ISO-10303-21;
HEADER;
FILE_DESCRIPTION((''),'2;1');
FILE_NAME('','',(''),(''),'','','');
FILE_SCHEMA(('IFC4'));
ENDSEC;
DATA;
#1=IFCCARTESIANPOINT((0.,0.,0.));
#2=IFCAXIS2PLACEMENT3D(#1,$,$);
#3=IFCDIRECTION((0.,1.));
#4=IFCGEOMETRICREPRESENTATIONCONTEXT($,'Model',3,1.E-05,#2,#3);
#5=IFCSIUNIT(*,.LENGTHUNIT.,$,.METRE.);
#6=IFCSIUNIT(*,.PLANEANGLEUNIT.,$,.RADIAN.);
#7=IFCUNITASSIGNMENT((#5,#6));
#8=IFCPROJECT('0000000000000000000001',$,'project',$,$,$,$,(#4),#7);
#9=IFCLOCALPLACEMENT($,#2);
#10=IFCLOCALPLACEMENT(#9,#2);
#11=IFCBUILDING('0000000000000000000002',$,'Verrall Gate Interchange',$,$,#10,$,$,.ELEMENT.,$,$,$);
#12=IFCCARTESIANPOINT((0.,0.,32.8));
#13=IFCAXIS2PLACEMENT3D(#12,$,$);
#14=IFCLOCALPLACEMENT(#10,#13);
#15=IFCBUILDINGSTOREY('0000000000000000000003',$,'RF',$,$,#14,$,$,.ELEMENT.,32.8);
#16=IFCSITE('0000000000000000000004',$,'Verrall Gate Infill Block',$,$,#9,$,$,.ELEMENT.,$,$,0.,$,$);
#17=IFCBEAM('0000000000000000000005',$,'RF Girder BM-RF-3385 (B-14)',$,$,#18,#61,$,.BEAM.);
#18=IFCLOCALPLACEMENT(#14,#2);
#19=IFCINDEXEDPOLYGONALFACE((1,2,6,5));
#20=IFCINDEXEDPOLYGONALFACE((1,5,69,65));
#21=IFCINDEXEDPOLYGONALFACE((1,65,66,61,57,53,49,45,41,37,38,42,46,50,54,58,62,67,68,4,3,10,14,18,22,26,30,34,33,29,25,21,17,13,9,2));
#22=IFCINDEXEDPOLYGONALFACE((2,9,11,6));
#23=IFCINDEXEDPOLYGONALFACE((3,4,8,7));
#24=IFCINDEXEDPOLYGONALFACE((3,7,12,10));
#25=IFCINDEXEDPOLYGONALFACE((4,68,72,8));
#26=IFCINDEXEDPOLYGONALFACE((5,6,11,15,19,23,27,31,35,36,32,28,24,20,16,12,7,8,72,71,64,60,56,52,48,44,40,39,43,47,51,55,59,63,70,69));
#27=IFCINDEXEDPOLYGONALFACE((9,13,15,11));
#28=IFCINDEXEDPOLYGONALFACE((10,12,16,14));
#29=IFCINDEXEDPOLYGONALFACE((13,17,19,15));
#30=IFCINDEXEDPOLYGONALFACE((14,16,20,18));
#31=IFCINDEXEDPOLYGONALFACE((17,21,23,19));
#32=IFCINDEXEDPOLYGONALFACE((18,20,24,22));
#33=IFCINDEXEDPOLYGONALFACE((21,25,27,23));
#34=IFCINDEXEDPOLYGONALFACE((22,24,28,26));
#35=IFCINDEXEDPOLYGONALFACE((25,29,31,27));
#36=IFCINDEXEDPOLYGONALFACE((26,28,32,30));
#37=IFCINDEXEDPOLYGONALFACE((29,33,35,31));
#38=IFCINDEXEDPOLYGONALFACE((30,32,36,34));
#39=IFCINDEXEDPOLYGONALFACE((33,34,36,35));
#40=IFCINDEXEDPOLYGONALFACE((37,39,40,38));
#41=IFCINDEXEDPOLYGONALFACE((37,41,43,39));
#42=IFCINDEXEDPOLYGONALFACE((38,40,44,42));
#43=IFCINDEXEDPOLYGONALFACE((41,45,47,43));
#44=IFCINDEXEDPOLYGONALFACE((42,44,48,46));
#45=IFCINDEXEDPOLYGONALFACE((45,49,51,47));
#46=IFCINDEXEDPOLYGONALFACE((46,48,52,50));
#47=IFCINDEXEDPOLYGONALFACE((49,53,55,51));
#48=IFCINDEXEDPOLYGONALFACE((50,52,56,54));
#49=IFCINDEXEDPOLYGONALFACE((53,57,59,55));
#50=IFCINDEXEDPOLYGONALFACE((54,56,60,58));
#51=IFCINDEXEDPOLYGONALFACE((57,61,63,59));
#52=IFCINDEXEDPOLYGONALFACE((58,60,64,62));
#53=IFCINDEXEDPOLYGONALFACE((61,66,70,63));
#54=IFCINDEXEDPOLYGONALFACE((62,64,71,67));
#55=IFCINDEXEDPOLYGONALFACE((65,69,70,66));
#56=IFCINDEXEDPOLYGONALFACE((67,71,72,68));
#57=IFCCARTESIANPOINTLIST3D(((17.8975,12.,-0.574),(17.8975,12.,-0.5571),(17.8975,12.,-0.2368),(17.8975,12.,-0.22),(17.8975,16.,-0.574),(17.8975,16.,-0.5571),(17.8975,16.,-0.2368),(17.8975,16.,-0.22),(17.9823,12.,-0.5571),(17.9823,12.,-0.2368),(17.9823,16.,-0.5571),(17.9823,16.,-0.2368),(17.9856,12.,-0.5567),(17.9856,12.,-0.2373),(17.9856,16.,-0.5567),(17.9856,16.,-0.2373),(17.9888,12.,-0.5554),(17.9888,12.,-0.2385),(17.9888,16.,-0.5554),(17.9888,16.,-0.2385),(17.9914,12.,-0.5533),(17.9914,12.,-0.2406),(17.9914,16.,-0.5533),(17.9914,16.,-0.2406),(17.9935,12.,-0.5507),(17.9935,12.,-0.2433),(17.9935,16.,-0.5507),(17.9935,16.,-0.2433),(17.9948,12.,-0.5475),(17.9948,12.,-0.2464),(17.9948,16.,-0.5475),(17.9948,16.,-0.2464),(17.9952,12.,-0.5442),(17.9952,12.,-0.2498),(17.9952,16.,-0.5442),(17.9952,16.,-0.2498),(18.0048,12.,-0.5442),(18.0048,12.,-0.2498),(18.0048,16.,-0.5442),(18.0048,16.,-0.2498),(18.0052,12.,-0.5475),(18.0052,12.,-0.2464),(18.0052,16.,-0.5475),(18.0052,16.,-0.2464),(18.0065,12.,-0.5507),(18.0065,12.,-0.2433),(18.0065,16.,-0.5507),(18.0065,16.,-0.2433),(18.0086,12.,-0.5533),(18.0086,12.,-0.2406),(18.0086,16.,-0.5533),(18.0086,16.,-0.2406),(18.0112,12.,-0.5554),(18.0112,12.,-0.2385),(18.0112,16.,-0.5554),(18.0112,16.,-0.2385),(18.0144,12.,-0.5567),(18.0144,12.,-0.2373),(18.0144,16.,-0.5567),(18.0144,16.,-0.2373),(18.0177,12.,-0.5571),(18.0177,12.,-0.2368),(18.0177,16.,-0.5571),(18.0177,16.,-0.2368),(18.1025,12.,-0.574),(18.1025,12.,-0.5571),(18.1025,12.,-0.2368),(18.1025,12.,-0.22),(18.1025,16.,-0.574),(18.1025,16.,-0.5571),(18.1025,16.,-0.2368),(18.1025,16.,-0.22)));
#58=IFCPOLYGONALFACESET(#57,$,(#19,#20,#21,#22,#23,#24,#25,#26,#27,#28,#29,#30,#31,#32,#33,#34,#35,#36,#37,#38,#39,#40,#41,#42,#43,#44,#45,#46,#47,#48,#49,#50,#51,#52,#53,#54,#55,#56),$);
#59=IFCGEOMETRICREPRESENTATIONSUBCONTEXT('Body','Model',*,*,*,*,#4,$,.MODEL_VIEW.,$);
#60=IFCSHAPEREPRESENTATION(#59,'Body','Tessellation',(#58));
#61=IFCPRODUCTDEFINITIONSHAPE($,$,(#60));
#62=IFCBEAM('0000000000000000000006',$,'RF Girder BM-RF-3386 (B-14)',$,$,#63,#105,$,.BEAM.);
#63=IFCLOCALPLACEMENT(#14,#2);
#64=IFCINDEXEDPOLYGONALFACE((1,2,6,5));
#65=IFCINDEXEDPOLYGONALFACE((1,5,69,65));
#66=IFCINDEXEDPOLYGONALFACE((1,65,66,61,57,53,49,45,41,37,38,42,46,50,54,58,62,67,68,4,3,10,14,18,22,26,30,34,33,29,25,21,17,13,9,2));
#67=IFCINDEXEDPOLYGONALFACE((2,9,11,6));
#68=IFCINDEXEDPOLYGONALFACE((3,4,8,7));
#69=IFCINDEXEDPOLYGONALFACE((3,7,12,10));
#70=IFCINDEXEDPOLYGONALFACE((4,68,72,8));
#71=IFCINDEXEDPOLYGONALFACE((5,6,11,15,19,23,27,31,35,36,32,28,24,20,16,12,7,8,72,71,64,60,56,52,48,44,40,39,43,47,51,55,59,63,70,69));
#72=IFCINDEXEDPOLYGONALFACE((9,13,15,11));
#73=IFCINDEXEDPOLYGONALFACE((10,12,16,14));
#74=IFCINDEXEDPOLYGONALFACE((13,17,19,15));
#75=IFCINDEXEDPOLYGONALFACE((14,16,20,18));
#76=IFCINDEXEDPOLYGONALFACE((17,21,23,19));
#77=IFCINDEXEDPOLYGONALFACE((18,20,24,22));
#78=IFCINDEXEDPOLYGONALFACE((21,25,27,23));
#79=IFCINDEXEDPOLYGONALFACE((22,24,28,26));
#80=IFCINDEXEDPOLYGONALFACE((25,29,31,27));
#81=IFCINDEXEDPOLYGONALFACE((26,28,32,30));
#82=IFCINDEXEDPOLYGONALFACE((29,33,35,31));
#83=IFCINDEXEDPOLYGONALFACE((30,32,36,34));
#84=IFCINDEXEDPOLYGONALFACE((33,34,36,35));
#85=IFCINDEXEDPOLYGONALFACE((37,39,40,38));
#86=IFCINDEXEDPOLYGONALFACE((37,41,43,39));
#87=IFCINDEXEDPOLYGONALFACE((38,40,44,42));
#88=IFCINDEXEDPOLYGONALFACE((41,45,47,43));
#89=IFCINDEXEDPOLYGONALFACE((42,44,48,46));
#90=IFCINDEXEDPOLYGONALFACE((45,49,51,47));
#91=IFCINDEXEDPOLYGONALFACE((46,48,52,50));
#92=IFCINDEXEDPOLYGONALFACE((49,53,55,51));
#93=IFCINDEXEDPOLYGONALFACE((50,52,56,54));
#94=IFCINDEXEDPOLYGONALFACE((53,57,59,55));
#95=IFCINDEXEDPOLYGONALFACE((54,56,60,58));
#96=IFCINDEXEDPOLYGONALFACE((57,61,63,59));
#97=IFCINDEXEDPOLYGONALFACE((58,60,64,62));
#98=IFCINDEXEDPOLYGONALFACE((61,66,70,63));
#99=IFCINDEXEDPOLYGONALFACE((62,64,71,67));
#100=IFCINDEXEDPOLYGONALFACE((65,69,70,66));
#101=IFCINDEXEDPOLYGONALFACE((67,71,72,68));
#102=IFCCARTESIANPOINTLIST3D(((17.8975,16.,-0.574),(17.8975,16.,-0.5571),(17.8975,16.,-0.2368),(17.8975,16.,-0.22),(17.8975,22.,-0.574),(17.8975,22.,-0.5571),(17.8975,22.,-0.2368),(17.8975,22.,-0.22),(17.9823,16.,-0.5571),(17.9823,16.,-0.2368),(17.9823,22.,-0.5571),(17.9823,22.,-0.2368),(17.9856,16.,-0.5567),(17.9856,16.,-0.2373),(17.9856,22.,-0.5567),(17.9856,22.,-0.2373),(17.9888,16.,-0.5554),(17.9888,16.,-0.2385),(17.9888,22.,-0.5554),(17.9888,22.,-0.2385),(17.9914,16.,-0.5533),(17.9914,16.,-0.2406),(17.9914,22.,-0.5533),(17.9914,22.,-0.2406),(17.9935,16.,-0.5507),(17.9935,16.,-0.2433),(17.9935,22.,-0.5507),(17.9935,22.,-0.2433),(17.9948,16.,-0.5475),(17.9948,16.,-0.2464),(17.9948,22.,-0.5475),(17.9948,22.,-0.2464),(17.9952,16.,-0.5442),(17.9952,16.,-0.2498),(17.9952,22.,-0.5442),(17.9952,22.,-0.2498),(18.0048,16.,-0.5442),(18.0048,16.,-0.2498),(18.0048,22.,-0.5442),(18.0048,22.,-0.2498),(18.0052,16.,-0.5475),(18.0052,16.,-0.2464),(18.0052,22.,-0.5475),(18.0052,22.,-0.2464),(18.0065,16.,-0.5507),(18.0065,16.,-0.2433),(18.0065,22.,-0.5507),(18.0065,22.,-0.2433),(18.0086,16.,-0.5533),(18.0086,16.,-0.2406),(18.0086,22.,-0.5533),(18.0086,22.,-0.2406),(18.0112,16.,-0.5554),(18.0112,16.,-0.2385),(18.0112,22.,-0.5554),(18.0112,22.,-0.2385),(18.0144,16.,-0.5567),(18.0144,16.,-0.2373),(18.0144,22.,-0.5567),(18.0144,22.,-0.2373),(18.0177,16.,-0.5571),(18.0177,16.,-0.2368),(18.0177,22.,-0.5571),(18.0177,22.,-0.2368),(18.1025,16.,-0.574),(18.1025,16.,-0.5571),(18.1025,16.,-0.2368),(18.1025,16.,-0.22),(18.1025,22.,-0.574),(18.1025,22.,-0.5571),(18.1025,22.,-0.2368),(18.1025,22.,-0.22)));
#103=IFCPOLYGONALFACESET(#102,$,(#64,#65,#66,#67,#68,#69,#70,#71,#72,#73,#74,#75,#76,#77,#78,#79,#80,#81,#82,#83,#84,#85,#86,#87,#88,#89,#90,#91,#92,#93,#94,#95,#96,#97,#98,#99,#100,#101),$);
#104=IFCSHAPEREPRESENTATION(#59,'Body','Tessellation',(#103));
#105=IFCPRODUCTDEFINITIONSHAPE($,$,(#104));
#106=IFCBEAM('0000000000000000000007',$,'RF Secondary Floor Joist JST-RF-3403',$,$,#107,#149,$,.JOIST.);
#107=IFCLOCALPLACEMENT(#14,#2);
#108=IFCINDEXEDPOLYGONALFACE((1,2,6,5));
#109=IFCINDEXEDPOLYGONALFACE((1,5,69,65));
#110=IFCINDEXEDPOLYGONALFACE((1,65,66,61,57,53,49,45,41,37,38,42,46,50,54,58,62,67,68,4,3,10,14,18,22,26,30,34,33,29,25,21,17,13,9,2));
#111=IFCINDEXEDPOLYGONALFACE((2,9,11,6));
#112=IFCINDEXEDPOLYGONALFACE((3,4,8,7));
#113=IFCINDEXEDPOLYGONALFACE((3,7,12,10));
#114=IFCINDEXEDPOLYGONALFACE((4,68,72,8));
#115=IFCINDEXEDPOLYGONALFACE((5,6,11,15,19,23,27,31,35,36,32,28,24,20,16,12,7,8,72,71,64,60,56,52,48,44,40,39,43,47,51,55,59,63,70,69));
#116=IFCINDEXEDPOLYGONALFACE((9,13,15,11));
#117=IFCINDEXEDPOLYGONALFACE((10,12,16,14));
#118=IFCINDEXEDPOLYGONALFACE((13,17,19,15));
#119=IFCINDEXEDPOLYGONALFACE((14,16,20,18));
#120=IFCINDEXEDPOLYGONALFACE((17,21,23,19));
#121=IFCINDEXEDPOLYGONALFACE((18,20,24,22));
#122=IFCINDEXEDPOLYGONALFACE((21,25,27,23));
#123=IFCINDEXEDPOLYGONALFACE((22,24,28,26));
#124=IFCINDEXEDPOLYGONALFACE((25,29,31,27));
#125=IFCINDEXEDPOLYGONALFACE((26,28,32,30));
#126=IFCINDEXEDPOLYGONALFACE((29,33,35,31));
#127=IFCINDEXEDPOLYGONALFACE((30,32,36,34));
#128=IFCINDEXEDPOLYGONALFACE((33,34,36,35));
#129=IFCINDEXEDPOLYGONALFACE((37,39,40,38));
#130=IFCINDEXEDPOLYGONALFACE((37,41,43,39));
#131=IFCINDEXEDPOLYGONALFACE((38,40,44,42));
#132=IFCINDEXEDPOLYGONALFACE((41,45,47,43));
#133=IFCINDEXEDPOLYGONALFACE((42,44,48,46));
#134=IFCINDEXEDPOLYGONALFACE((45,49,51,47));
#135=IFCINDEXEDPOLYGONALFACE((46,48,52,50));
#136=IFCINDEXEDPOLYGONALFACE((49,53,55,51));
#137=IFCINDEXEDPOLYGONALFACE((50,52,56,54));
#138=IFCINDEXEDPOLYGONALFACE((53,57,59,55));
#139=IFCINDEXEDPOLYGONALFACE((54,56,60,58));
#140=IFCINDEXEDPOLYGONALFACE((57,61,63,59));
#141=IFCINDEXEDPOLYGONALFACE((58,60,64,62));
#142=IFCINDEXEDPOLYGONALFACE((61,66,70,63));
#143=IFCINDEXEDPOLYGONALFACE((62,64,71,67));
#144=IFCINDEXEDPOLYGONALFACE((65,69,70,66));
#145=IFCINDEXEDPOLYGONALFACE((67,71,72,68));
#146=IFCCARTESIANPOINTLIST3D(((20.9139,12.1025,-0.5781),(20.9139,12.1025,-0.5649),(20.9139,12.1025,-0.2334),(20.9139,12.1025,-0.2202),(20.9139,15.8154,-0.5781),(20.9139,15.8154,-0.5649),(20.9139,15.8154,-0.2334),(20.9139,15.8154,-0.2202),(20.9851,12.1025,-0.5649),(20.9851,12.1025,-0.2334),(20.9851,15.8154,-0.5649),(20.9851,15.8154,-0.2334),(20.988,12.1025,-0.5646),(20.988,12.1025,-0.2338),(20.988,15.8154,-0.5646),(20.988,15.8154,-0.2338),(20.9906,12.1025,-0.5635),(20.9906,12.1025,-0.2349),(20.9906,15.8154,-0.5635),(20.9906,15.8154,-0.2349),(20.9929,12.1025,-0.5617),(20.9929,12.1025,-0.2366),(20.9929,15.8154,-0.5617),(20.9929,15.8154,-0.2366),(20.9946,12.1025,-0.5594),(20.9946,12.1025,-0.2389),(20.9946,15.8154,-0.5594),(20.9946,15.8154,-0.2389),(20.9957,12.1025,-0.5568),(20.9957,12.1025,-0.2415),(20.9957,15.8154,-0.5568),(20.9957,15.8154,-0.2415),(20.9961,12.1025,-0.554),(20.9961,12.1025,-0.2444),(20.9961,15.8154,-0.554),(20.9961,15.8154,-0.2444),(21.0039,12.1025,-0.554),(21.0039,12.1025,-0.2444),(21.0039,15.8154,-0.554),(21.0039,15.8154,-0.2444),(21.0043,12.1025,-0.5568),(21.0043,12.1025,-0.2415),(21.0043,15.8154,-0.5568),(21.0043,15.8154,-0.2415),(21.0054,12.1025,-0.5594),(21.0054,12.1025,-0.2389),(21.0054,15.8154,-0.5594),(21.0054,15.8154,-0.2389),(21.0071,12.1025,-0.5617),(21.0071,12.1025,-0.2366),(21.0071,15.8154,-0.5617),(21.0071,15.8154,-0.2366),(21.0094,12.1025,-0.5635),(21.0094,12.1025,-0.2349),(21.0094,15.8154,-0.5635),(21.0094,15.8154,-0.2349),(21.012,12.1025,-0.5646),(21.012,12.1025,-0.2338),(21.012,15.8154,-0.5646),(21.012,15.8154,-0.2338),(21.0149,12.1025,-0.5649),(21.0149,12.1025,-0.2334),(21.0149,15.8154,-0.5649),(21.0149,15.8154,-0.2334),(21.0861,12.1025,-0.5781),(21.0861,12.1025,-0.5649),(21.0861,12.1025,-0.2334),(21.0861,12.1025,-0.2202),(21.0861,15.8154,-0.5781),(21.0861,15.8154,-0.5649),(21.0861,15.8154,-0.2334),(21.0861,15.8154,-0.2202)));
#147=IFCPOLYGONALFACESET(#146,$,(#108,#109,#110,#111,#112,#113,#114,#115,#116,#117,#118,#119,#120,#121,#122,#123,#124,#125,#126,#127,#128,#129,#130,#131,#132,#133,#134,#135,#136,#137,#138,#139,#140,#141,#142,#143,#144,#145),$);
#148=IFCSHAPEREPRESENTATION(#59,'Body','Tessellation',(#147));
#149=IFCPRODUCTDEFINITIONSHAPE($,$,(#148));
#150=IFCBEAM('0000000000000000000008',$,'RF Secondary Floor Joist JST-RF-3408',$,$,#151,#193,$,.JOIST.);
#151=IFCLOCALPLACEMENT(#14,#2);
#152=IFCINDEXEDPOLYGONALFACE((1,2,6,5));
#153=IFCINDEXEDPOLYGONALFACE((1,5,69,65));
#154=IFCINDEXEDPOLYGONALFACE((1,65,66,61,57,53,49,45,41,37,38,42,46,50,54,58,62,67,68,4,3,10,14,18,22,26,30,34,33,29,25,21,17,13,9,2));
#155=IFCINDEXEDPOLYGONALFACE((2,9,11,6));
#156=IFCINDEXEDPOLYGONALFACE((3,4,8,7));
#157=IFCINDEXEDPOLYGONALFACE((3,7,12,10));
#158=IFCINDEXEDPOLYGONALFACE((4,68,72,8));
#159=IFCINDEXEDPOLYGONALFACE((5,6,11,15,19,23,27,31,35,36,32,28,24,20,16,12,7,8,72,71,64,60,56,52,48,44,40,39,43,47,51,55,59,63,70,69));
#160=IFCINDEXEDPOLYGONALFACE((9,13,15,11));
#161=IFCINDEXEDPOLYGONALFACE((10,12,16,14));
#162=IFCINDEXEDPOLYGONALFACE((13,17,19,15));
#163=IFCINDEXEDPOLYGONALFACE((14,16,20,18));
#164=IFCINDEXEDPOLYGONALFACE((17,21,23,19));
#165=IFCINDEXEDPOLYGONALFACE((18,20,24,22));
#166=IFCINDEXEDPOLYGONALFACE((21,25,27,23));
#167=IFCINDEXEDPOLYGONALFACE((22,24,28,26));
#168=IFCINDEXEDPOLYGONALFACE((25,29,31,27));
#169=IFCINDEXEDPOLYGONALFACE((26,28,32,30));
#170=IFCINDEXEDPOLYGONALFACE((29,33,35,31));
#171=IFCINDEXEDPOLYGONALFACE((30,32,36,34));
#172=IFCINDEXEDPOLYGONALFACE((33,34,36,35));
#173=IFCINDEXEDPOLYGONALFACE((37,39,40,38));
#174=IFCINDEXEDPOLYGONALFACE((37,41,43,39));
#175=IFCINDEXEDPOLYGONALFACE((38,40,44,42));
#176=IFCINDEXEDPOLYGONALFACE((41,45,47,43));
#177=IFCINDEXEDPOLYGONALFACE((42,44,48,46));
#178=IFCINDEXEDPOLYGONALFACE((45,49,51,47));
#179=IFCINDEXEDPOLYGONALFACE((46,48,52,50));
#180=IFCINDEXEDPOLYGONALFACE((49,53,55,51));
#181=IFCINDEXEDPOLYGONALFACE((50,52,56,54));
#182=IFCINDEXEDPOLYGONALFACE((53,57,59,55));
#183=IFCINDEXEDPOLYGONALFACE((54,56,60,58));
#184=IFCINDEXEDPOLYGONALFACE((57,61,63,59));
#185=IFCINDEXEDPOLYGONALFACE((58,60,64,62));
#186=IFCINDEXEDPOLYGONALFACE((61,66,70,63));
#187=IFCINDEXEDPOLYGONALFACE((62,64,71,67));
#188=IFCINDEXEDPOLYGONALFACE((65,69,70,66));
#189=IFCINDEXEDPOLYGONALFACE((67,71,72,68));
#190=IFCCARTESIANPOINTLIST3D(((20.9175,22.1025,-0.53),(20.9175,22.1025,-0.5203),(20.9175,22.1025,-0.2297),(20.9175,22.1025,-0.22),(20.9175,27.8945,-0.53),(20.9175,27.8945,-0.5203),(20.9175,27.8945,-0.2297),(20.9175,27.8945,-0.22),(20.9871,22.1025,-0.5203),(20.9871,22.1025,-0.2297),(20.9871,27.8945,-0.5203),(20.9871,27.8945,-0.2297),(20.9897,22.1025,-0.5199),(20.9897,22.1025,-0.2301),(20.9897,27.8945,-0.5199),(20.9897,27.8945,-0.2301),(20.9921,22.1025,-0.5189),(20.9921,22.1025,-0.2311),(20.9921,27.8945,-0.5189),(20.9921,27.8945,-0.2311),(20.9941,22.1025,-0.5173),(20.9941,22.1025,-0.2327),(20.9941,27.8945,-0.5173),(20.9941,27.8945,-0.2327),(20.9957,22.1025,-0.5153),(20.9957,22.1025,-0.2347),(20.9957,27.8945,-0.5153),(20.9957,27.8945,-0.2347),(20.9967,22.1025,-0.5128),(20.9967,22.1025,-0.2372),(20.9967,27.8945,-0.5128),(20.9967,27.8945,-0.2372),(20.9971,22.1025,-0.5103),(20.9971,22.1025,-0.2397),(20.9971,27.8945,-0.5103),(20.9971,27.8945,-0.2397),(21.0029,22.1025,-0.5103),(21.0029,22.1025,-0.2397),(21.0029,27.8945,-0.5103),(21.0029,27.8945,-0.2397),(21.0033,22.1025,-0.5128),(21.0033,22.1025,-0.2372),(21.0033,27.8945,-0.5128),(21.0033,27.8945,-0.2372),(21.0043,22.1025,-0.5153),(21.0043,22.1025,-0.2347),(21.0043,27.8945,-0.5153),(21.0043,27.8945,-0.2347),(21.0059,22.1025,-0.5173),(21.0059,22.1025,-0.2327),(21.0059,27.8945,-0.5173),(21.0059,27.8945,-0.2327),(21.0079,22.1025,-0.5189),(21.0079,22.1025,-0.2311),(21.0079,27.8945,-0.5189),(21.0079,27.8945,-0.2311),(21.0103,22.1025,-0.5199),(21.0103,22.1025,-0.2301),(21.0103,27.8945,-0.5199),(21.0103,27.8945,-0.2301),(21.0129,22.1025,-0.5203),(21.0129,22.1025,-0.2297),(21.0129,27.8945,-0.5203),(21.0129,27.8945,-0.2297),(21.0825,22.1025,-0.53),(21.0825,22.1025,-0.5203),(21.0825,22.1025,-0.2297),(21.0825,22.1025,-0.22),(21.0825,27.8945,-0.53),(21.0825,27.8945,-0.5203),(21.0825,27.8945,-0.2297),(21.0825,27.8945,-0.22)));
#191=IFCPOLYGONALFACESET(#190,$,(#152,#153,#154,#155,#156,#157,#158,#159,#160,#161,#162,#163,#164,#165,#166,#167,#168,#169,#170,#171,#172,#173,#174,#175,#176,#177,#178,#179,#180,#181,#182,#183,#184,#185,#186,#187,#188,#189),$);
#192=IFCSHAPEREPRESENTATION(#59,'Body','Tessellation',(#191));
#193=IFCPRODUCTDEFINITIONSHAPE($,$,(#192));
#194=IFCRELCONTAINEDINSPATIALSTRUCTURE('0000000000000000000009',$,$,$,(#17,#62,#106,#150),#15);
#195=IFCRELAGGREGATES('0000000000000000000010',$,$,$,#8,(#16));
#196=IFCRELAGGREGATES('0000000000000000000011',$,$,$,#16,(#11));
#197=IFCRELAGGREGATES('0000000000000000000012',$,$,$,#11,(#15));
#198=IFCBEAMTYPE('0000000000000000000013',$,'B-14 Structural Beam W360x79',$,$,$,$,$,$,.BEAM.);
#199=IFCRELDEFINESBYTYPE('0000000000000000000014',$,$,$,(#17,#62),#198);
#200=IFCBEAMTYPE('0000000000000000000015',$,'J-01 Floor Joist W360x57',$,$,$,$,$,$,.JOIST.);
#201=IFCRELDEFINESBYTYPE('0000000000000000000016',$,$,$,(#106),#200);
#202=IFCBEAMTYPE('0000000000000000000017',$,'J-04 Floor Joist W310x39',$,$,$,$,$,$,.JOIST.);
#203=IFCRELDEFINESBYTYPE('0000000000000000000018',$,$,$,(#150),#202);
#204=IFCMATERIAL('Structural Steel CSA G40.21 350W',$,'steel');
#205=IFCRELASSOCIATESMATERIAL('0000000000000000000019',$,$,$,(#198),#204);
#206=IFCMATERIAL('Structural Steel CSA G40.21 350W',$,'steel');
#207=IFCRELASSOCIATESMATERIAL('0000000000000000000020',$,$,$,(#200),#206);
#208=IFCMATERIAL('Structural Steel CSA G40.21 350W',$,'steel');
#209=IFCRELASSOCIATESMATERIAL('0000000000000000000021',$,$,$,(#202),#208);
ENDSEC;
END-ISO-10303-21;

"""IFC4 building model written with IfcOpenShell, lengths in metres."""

from ifc_helpers import new_model, si_unit, direction, frame, origin, origin_2d, place, context, subcontext, project, spatial, i_section, extrude, material, material_profile, profile_set, type_object, element, save


model = new_model("IFC4")

# Units and contexts
model_context = context("Model", 3, precision=1e-05, world=origin(), true_north=direction((0.0, 1.0)))
body_context = subcontext(model_context, "Body", "Model", "MODEL_VIEW")
ifc_project = project(units=[si_unit("LENGTHUNIT", "METRE"), si_unit("PLANEANGLEUNIT", "RADIAN")], contexts=[model_context])

# Site, building, storey
site_placement = place(None, origin())
site = spatial("IfcSite", under=ifc_project, at=site_placement, Name="Verrall Gate Infill Block", CompositionType="ELEMENT", RefElevation=0.0)
building_placement = place(site_placement, origin())
building = spatial("IfcBuilding", under=site, at=building_placement, Name="Verrall Gate Interchange", CompositionType="ELEMENT")
storey_placement = place(building_placement, frame((0.0, 0.0, 32.8)))
storey = spatial("IfcBuildingStorey", under=building, at=storey_placement, Name="RF", CompositionType="ELEMENT", Elevation=32.8)

# Beams
ifc_material_1 = material(Name="Structural Steel CSA G40.21 350W", Category="steel")
ifc_material_profile_1 = material_profile(ifc_material_1, i_section(OverallWidth=0.2051, OverallDepth=0.354, WebThickness=0.0095, FlangeThickness=0.0168, FilletRadius=0.0129, at=origin_2d()), Name="W360x79")
ifc_profile_set_1 = profile_set([ifc_material_profile_1], Name="Structural Steel CSA G40.21 350W")
beam_type_1 = type_object("IfcBeamType", Name="B-14 Structural Beam W360x79", PredefinedType="BEAM", material=ifc_profile_set_1)
beam_1_placement = place(storey_placement, frame((18.0, 12.0, -0.397), z_axis=(0.0, 1.0, 0.0), x_axis=(-1.0, 0.0, 0.0)))
element("IfcBeam", 1, at=beam_1_placement, inside=storey, type_object=beam_type_1, Name="RF Girder BM-RF-3385 (B-14)", PredefinedType="BEAM", context=body_context, shape_type="SweptSolid", body=[
    extrude(i_section(OverallWidth=0.2051, OverallDepth=0.354, WebThickness=0.0095, FlangeThickness=0.0168, FilletRadius=0.0129, at=origin_2d()), origin(), (0.0, 0.0, 1.0), 4.0),
])
beam_2_placement = place(storey_placement, frame((18.0, 16.0, -0.397), z_axis=(0.0, 1.0, 0.0), x_axis=(-1.0, 0.0, 0.0)))
element("IfcBeam", 2, at=beam_2_placement, inside=storey, type_object=beam_type_1, Name="RF Girder BM-RF-3386 (B-14)", PredefinedType="BEAM", context=body_context, shape_type="SweptSolid", body=[
    extrude(i_section(OverallWidth=0.2051, OverallDepth=0.354, WebThickness=0.0095, FlangeThickness=0.0168, FilletRadius=0.0129, at=origin_2d()), origin(), (0.0, 0.0, 1.0), 6.0),
])
ifc_material_2 = material(Name="Structural Steel CSA G40.21 350W", Category="steel")
ifc_material_profile_2 = material_profile(ifc_material_2, i_section(OverallWidth=0.1721, OverallDepth=0.3579, WebThickness=0.0078, FlangeThickness=0.0132, FilletRadius=0.011, at=origin_2d()), Name="W360x57")
ifc_profile_set_2 = profile_set([ifc_material_profile_2], Name="Structural Steel CSA G40.21 350W")
beam_type_2 = type_object("IfcBeamType", Name="J-01 Floor Joist W360x57", PredefinedType="JOIST", material=ifc_profile_set_2)
beam_3_placement = place(storey_placement, frame((21.0, 12.1025, -0.3992), z_axis=(0.0, 1.0, 0.0), x_axis=(-1.0, 0.0, 0.0)))
element("IfcBeam", 3, at=beam_3_placement, inside=storey, type_object=beam_type_2, Name="RF Secondary Floor Joist JST-RF-3403", PredefinedType="JOIST", context=body_context, shape_type="SweptSolid", body=[
    extrude(i_section(OverallWidth=0.1721, OverallDepth=0.3579, WebThickness=0.0078, FlangeThickness=0.0132, FilletRadius=0.011, at=origin_2d()), origin(), (0.0, 0.0, 1.0), 3.7129),
])
ifc_material_3 = material(Name="Structural Steel CSA G40.21 350W", Category="steel")
ifc_material_profile_3 = material_profile(ifc_material_3, i_section(OverallWidth=0.165, OverallDepth=0.3101, WebThickness=0.0059, FlangeThickness=0.0098, FilletRadius=0.01, at=origin_2d()), Name="W310x39")
ifc_profile_set_3 = profile_set([ifc_material_profile_3], Name="Structural Steel CSA G40.21 350W")
beam_type_3 = type_object("IfcBeamType", Name="J-04 Floor Joist W310x39", PredefinedType="JOIST", material=ifc_profile_set_3)
beam_4_placement = place(storey_placement, frame((21.0, 22.1025, -0.375), z_axis=(0.0, 1.0, 0.0), x_axis=(-1.0, 0.0, 0.0)))
element("IfcBeam", 4, at=beam_4_placement, inside=storey, type_object=beam_type_3, Name="RF Secondary Floor Joist JST-RF-3408", PredefinedType="JOIST", context=body_context, shape_type="SweptSolid", body=[
    extrude(i_section(OverallWidth=0.165, OverallDepth=0.3101, WebThickness=0.0059, FlangeThickness=0.0098, FilletRadius=0.01, at=origin_2d()), origin(), (0.0, 0.0, 1.0), 5.792),
])

save(model, "model.ifc")
